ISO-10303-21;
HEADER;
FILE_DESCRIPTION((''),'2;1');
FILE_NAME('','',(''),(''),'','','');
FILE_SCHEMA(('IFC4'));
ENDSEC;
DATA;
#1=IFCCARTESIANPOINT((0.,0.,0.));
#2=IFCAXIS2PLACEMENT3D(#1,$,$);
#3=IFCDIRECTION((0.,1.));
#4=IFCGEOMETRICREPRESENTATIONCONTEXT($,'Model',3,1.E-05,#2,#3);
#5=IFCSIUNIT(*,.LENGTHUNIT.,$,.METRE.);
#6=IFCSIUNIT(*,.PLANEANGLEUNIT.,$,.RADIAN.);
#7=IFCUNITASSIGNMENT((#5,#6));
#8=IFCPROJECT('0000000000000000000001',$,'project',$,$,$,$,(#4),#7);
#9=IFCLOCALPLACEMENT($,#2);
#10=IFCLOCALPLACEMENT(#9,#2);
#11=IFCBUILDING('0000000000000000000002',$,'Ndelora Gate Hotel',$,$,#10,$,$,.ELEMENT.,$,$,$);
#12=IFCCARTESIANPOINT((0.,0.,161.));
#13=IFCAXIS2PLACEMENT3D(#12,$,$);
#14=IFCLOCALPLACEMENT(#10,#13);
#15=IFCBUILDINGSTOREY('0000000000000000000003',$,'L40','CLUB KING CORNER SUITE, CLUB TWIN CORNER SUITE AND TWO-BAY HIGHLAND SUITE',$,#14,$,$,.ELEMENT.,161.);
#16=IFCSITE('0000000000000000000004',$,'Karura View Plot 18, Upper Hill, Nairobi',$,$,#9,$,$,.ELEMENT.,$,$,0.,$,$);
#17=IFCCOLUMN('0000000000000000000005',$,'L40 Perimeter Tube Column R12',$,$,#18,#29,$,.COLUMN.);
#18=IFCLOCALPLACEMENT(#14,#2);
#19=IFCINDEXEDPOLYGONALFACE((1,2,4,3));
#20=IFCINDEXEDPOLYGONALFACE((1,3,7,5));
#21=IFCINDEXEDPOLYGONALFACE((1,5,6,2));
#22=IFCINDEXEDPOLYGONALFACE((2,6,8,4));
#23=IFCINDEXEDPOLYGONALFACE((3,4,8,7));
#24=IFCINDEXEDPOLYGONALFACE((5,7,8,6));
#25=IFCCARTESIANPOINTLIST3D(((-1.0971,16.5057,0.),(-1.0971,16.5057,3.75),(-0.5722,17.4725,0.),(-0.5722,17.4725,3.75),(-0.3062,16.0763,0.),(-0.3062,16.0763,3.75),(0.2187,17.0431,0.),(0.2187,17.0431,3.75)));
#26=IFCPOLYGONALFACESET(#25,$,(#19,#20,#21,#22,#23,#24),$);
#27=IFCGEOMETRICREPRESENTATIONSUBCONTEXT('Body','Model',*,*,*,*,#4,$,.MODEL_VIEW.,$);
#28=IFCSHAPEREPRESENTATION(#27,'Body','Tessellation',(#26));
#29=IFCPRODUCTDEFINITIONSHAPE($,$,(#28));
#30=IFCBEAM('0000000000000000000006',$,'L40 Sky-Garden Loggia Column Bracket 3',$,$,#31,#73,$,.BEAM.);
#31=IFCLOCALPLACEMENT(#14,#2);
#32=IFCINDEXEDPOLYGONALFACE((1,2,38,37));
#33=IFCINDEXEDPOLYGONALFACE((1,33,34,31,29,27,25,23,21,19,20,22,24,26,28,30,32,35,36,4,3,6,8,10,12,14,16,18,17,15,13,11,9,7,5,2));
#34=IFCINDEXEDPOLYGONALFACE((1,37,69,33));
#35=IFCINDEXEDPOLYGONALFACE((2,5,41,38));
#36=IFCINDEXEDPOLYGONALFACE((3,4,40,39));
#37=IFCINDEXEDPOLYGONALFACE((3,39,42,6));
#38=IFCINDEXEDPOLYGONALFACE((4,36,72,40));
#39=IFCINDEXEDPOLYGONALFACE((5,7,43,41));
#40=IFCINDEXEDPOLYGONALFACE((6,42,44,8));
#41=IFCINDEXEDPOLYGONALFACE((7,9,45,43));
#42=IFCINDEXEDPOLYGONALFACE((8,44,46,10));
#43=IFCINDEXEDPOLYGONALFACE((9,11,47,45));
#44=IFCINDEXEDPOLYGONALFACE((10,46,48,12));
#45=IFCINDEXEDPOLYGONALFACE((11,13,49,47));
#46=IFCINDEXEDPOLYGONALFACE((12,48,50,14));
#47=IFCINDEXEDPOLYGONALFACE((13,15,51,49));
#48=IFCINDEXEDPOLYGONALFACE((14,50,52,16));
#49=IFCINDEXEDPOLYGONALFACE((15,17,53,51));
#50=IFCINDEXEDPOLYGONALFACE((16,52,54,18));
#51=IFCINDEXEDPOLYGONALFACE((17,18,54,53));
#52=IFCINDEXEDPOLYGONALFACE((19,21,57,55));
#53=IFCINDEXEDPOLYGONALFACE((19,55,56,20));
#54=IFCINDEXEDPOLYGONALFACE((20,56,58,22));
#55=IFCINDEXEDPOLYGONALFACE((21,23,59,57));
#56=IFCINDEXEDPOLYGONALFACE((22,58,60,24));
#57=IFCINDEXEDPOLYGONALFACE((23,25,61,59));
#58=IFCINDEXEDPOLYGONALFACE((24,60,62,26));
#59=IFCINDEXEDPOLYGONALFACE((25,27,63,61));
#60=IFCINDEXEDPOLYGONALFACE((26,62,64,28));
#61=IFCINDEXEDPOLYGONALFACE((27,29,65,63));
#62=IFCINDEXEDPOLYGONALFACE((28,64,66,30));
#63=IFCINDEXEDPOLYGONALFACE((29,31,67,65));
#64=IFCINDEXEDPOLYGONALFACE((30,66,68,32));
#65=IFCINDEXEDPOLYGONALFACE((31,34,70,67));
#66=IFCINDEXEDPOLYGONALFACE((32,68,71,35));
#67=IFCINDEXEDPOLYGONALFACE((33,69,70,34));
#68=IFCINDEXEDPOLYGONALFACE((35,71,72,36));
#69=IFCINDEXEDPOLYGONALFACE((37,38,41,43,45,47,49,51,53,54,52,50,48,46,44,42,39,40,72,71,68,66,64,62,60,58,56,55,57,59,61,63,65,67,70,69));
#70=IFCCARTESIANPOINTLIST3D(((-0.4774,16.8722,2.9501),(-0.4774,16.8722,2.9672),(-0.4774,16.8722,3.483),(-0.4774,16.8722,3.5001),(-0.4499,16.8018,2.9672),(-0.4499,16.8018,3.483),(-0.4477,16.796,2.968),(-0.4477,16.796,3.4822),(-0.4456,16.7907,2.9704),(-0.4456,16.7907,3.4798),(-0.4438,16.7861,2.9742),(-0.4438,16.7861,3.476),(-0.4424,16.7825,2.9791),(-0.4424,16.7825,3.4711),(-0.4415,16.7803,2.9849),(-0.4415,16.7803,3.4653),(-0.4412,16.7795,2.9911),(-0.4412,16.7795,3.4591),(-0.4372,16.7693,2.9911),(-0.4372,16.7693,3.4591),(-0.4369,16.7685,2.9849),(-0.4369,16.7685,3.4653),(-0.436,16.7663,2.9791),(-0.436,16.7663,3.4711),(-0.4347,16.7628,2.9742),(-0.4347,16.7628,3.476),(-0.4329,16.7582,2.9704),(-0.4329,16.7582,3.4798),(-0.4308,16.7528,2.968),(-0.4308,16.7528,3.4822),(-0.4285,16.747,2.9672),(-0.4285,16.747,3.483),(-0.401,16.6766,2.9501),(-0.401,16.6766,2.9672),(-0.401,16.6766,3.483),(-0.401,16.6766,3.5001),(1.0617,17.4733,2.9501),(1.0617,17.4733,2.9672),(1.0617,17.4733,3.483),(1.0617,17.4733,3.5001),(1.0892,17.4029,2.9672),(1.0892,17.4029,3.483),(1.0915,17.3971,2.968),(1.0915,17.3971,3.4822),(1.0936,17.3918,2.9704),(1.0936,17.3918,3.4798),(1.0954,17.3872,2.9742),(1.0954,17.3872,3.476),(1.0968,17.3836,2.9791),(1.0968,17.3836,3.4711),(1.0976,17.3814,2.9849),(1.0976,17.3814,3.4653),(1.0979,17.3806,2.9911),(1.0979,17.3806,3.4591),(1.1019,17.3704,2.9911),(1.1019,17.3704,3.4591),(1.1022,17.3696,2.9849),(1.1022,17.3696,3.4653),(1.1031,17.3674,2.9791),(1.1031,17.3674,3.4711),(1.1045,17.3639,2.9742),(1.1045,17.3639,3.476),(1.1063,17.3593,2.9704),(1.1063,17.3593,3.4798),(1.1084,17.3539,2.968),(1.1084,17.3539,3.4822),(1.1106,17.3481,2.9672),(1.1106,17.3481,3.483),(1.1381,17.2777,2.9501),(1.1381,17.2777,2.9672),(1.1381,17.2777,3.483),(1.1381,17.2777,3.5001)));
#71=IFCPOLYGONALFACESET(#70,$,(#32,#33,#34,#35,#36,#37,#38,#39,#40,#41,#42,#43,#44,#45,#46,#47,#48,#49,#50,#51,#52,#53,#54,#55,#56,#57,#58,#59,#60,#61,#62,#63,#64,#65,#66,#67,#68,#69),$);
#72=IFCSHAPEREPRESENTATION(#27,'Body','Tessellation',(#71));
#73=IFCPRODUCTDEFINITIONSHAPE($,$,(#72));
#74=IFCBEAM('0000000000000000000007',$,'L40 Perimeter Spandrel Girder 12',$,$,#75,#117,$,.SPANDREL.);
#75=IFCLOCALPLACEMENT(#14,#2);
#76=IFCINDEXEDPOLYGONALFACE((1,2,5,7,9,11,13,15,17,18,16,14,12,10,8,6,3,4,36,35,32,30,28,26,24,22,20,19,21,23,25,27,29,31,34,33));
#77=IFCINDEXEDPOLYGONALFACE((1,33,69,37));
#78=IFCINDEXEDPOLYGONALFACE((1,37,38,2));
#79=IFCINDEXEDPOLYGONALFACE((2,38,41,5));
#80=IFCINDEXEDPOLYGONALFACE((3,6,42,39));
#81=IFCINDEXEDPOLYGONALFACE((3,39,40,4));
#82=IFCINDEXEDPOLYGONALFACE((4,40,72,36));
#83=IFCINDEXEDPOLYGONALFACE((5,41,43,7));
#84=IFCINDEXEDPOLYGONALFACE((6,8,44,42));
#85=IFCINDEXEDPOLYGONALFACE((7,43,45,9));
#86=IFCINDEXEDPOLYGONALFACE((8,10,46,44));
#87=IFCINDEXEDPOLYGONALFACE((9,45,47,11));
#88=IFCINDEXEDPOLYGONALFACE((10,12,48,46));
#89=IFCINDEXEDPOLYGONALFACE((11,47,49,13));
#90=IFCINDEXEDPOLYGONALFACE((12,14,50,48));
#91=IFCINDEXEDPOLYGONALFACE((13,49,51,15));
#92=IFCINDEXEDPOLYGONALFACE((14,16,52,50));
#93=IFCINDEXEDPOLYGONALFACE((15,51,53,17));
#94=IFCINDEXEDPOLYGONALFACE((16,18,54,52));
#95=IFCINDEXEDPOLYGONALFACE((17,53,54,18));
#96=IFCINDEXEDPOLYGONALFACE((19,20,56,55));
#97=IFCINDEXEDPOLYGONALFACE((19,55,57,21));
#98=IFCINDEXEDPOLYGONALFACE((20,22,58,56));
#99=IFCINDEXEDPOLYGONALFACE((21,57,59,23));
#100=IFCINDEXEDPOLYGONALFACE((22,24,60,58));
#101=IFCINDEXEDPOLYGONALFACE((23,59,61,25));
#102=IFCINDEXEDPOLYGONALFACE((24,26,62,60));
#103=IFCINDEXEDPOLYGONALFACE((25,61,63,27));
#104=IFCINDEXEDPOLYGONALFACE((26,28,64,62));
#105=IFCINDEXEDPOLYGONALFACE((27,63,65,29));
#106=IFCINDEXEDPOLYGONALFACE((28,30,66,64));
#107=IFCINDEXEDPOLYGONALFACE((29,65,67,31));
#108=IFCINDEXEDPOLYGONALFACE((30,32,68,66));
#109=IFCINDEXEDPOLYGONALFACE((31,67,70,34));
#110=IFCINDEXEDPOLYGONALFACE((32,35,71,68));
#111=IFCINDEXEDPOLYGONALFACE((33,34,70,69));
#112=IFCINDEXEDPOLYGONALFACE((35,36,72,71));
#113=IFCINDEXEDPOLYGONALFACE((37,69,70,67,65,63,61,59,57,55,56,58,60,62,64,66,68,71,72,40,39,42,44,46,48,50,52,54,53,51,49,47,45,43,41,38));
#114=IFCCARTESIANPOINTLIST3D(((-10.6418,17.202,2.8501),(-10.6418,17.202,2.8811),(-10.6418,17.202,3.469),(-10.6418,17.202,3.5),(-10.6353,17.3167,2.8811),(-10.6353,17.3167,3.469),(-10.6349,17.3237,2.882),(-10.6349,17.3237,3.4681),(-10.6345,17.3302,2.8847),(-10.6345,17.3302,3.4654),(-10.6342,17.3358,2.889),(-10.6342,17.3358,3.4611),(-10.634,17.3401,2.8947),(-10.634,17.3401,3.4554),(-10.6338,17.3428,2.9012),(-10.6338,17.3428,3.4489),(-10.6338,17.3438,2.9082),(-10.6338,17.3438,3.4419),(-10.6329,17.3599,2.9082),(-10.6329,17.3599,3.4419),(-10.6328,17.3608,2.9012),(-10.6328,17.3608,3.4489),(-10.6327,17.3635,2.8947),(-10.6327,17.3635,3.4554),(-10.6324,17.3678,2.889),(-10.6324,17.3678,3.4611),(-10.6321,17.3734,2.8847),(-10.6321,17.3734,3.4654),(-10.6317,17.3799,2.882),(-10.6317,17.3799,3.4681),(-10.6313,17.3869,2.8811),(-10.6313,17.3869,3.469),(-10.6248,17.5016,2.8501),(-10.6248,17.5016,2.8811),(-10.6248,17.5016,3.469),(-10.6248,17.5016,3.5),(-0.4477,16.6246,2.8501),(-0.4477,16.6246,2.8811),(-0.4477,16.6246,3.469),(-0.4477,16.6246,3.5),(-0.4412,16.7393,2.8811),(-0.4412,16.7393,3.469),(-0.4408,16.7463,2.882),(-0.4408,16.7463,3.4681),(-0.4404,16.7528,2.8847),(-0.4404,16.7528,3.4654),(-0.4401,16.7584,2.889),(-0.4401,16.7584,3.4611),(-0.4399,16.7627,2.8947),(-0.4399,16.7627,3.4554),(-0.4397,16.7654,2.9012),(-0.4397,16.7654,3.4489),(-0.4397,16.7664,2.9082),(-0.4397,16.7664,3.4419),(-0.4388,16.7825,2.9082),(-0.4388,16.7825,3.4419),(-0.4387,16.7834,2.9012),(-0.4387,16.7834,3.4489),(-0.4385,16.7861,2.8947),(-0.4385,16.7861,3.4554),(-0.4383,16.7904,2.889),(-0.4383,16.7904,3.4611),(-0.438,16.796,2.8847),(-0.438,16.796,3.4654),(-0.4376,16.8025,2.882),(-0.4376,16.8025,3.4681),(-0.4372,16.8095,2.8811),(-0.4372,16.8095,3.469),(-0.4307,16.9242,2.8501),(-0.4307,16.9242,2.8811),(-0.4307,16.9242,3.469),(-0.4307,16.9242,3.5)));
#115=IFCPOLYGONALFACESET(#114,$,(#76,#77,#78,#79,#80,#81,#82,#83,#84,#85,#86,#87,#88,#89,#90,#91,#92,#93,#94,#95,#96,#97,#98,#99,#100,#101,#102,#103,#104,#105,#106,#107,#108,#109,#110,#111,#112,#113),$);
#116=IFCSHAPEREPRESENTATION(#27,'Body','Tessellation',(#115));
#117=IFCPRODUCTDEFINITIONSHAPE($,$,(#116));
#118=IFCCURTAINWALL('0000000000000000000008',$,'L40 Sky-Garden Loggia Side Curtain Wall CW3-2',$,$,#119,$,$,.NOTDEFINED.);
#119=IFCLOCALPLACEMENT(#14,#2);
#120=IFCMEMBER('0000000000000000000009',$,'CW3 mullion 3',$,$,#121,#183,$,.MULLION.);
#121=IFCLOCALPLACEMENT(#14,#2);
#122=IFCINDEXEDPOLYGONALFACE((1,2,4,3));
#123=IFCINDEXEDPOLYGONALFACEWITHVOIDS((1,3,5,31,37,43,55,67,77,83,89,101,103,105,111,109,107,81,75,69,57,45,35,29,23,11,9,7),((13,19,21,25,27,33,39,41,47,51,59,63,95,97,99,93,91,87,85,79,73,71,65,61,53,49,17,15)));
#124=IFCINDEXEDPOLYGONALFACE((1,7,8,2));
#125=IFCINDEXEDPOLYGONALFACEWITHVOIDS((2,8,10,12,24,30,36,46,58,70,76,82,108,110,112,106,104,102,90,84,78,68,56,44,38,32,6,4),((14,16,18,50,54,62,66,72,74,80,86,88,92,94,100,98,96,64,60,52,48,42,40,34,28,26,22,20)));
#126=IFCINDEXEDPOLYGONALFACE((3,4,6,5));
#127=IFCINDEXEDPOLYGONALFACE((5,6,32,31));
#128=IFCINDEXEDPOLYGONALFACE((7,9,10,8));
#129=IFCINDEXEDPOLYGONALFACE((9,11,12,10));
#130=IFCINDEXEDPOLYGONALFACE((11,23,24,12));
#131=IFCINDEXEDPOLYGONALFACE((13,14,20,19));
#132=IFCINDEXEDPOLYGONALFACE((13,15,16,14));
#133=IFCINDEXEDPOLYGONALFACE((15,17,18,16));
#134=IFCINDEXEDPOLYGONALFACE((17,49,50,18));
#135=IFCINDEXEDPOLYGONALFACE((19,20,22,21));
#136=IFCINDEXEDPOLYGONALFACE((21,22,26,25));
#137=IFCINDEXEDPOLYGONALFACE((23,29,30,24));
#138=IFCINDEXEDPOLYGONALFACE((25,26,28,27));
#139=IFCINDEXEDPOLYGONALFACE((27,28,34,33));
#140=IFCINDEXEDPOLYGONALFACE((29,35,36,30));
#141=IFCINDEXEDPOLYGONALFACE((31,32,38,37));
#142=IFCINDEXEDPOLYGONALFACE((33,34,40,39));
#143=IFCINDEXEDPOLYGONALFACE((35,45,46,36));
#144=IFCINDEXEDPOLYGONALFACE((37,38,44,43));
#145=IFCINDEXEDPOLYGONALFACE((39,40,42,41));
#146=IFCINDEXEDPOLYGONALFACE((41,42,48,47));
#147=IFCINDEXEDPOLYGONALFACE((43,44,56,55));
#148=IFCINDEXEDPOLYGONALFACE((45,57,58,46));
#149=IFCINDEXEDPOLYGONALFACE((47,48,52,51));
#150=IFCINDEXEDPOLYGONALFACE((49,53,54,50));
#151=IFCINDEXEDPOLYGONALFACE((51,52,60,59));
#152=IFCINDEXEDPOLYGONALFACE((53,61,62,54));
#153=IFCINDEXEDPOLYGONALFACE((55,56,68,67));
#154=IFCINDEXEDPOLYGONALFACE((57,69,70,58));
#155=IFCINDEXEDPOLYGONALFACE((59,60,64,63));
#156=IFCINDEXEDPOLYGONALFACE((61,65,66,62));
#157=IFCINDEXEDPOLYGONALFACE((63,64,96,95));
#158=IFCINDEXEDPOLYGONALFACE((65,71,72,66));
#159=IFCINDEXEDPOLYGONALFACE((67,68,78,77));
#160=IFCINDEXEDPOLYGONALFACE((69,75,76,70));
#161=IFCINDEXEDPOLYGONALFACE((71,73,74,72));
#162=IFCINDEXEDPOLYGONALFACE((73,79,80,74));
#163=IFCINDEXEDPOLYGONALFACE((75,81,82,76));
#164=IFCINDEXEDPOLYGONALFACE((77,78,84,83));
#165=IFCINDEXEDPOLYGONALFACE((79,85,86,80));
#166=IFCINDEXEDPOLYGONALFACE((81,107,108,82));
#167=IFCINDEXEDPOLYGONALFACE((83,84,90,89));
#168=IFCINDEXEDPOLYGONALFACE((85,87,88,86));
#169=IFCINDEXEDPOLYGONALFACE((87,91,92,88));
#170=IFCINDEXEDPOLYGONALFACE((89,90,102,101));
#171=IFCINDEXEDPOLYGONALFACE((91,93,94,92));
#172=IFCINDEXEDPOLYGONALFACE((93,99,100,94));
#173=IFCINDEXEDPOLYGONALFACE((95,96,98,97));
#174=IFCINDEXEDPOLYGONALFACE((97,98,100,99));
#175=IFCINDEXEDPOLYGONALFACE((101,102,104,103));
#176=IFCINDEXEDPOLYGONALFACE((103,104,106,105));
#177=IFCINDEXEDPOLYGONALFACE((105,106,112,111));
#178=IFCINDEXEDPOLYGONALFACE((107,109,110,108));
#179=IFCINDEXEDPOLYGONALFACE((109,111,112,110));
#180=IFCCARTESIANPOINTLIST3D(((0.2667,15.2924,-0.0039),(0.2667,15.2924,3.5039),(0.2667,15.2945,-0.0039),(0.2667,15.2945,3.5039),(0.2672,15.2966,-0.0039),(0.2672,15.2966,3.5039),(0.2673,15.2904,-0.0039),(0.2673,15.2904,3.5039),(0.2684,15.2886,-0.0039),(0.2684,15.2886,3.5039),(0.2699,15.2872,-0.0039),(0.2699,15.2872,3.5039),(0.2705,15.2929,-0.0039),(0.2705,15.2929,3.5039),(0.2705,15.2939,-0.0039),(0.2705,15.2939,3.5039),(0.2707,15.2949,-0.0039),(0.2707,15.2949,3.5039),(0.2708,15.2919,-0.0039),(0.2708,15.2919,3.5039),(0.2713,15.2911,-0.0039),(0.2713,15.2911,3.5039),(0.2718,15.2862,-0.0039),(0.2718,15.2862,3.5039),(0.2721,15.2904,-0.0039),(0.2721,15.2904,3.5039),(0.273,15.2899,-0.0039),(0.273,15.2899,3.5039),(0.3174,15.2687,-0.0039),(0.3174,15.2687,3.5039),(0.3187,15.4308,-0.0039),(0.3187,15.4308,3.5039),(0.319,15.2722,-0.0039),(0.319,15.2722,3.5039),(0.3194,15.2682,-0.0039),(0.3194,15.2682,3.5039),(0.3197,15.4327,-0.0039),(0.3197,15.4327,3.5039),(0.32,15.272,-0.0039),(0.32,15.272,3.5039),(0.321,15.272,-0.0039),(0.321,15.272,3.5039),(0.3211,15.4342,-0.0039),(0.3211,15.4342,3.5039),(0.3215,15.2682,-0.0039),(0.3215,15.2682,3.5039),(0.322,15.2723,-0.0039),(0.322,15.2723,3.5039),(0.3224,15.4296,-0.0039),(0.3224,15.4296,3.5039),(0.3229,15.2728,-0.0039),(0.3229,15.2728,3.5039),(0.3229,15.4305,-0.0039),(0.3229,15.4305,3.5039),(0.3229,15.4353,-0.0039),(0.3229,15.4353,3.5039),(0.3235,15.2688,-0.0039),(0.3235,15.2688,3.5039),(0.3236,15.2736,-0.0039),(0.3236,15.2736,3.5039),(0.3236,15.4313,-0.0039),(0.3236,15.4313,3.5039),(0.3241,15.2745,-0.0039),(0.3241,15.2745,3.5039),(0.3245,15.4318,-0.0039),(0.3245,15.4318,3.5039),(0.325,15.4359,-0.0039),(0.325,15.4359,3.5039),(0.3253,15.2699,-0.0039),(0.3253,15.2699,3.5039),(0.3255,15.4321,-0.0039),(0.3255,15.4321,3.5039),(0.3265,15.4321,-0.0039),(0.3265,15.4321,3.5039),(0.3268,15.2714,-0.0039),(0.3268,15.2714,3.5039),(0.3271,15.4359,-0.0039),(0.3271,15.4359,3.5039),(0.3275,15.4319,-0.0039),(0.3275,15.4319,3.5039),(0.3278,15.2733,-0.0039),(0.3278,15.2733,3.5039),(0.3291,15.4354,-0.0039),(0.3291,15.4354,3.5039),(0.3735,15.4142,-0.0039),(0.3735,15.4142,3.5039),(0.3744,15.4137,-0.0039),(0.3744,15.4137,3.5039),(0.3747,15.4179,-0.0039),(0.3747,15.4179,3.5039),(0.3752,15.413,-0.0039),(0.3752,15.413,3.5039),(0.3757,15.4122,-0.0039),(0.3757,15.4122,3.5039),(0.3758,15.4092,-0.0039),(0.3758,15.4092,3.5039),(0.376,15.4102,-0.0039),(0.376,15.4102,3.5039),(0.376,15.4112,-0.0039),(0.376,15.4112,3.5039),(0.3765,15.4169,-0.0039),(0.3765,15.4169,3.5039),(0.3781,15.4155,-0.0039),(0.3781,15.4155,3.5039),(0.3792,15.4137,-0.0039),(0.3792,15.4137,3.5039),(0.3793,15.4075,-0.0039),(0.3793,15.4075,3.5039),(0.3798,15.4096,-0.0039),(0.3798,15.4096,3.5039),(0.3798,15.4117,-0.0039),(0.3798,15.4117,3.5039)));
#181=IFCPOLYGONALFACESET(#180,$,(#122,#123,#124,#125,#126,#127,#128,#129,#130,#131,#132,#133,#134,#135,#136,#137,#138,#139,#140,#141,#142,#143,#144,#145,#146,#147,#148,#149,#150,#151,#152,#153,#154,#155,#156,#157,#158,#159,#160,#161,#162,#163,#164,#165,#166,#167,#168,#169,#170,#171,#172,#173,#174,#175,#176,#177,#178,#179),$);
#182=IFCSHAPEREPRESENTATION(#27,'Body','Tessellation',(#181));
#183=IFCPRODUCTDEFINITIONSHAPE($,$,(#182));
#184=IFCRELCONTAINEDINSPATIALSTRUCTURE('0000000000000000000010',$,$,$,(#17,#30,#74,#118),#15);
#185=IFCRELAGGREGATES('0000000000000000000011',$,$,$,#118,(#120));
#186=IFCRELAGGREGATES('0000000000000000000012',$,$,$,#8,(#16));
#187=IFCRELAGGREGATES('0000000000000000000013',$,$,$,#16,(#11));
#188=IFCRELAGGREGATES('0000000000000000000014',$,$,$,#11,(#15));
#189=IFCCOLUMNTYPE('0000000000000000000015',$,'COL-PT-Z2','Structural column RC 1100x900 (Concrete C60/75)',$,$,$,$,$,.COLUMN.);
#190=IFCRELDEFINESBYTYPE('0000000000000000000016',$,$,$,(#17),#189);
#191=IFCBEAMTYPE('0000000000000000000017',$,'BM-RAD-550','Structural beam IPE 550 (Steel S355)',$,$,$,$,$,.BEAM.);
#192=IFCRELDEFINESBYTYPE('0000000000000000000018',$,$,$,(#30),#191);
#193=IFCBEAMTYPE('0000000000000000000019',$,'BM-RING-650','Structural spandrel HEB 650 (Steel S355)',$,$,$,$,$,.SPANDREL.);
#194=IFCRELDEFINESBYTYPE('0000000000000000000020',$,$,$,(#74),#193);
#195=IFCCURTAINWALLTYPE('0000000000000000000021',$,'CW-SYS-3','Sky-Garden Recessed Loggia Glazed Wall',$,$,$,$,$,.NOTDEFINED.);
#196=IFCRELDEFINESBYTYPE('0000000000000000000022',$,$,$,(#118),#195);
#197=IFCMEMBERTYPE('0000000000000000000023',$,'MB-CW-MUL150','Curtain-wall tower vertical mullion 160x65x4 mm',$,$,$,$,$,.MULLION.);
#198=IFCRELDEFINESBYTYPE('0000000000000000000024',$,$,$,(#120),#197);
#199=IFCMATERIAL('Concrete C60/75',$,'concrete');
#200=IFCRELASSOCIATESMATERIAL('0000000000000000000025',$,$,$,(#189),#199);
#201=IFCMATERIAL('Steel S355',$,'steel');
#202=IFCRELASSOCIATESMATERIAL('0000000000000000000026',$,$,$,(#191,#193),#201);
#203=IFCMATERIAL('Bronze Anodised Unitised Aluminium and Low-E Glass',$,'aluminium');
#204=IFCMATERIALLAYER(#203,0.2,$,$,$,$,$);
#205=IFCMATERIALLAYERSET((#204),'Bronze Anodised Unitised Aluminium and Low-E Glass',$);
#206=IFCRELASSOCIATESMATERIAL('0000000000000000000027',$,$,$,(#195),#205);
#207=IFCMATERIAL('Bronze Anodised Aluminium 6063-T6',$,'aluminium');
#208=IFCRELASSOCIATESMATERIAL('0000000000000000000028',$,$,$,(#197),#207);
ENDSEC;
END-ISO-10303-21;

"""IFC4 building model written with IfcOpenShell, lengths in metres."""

from ifc_helpers import new_model, si_unit, direction, frame, origin, origin_2d, place, context, subcontext, project, spatial, rectangle, hollow_rectangle, i_section, extrude, material, layer, layer_set, material_profile, profile_set, type_object, element, aggregate, save


model = new_model("IFC4")

# Units and contexts
model_context = context("Model", 3, precision=1e-05, world=origin(), true_north=direction((0.0, 1.0)))
body_context = subcontext(model_context, "Body", "Model", "MODEL_VIEW")
ifc_project = project(units=[si_unit("LENGTHUNIT", "METRE"), si_unit("PLANEANGLEUNIT", "RADIAN")], contexts=[model_context])

# Site, building, storey
site_placement = place(None, origin())
site = spatial("IfcSite", under=ifc_project, at=site_placement, Name="Karura View Plot 18, Upper Hill, Nairobi", CompositionType="ELEMENT", RefElevation=0.0)
building_placement = place(site_placement, origin())
building = spatial("IfcBuilding", under=site, at=building_placement, Name="Ndelora Gate Hotel", CompositionType="ELEMENT")
storey_placement = place(building_placement, frame((0.0, 0.0, 161.0)))
storey = spatial("IfcBuildingStorey", under=building, at=storey_placement, Name="L40", Description="CLUB KING CORNER SUITE, CLUB TWIN CORNER SUITE AND TWO-BAY HIGHLAND SUITE", CompositionType="ELEMENT", Elevation=161.0)

# Column
ifc_material_1 = material(Name="Concrete C60/75", Category="concrete")
ifc_material_profile_1 = material_profile(ifc_material_1, rectangle(XDim=0.8999, YDim=1.1001, at=origin_2d()), Name="RC 1100x900")
ifc_profile_set_1 = profile_set([ifc_material_profile_1], Name="Concrete C60/75")
column_type = type_object("IfcColumnType", Name="COL-PT-Z2", Description="Structural column RC 1100x900 (Concrete C60/75)", PredefinedType="COLUMN", material=ifc_profile_set_1)
column_placement = place(storey_placement, frame((-0.4392, 16.7744, 0.0), z_axis=(0.0, 0.0, 1.0), x_axis=(-0.878817, 0.477159, 0.0)))
element("IfcColumn", 1, at=column_placement, inside=storey, type_object=column_type, Name="L40 Perimeter Tube Column R12", PredefinedType="COLUMN", context=body_context, shape_type="SweptSolid", body=[
    extrude(rectangle(XDim=0.8999, YDim=1.1001, at=origin_2d()), origin(), (0.0, 0.0, 1.0), 3.75),
])

# Beams
ifc_material_2 = material(Name="Steel S355", Category="steel")
ifc_material_profile_2 = material_profile(ifc_material_2, i_section(OverallWidth=0.21, OverallDepth=0.55, WebThickness=0.011, FlangeThickness=0.0171, FilletRadius=0.0239, at=origin_2d()), Name="IPE 550")
ifc_profile_set_2 = profile_set([ifc_material_profile_2], Name="Steel S355")
beam_type_1 = type_object("IfcBeamType", Name="BM-RAD-550", Description="Structural beam IPE 550 (Steel S355)", PredefinedType="BEAM", material=ifc_profile_set_2)
beam_1_placement = place(storey_placement, frame((-0.4392, 16.7744, 3.2251), z_axis=(0.931482, 0.363786, 0.0), x_axis=(-0.363786, 0.931482, 0.0)))
element("IfcBeam", 2, at=beam_1_placement, inside=storey, type_object=beam_type_1, Name="L40 Sky-Garden Loggia Column Bracket 3", PredefinedType="BEAM", context=body_context, shape_type="SweptSolid", body=[
    extrude(i_section(OverallWidth=0.21, OverallDepth=0.55, WebThickness=0.011, FlangeThickness=0.0171, FilletRadius=0.0239, at=origin_2d()), origin(), (0.0, 0.0, 1.0), 1.6523),
])
ifc_material_profile_3 = material_profile(ifc_material_2, i_section(OverallWidth=0.3, OverallDepth=0.6499, WebThickness=0.0161, FlangeThickness=0.031, FilletRadius=0.0271, at=origin_2d()), Name="HEB 650")
ifc_profile_set_3 = profile_set([ifc_material_profile_3], Name="Steel S355")
beam_type_2 = type_object("IfcBeamType", Name="BM-RING-650", Description="Structural spandrel HEB 650 (Steel S355)", PredefinedType="SPANDREL", material=ifc_profile_set_3)
beam_2_placement = place(storey_placement, frame((-0.4392, 16.7744, 3.175), z_axis=(-0.9984, 0.056549, 0.0), x_axis=(-0.056549, -0.9984, 0.0)))
element("IfcBeam", 3, at=beam_2_placement, inside=storey, type_object=beam_type_2, Name="L40 Perimeter Spandrel Girder 12", PredefinedType="SPANDREL", context=body_context, shape_type="SweptSolid", body=[
    extrude(i_section(OverallWidth=0.3, OverallDepth=0.6499, WebThickness=0.0161, FlangeThickness=0.031, FilletRadius=0.0271, at=origin_2d()), origin(), (0.0, 0.0, 1.0), 10.2104),
])

# Curtain wall, member
ifc_material_3 = material(Name="Bronze Anodised Unitised Aluminium and Low-E Glass", Category="aluminium")
ifc_layer_1 = layer(ifc_material_3, 0.2)
ifc_layer_set_1 = layer_set([ifc_layer_1], Name="Bronze Anodised Unitised Aluminium and Low-E Glass")
curtain_wall_type = type_object("IfcCurtainWallType", Name="CW-SYS-3", Description="Sky-Garden Recessed Loggia Glazed Wall", PredefinedType="NOTDEFINED", material=ifc_layer_set_1)
curtain_wall_placement = place(storey_placement, origin())
curtain_wall = element("IfcCurtainWall", 4, at=curtain_wall_placement, inside=storey, type_object=curtain_wall_type, Name="L40 Sky-Garden Loggia Side Curtain Wall CW3-2", PredefinedType="NOTDEFINED")
ifc_material_4 = material(Name="Bronze Anodised Aluminium 6063-T6", Category="aluminium")
ifc_material_profile_4 = material_profile(ifc_material_4, hollow_rectangle(XDim=0.0649, YDim=0.1599, WallThickness=0.0039, InnerFilletRadius=0.0039, OuterFilletRadius=0.0081, at=origin_2d()), Name="ALU 160x65x4")
ifc_profile_set_4 = profile_set([ifc_material_profile_4], Name="Bronze Anodised Aluminium 6063-T6")
member_type = type_object("IfcMemberType", Name="MB-CW-MUL150", Description="Curtain-wall tower vertical mullion 160x65x4 mm", PredefinedType="MULLION", material=ifc_profile_set_4)
member_placement = place(storey_placement, frame((0.3232, 15.3521, -0.0039), z_axis=(0.0, 0.0, 1.0), x_axis=(0.933577, -0.358376, 0.0)))
member = element("IfcMember", 5, at=member_placement, type_object=member_type, Name="CW3 mullion 3", PredefinedType="MULLION", context=body_context, shape_type="SweptSolid", body=[
    extrude(hollow_rectangle(XDim=0.0649, YDim=0.1599, WallThickness=0.0039, InnerFilletRadius=0.0039, OuterFilletRadius=0.0081, at=origin_2d()), origin(), (0.0, 0.0, 1.0), 3.5078),
])
aggregate(curtain_wall, [member])

save(model, "model.ifc")
